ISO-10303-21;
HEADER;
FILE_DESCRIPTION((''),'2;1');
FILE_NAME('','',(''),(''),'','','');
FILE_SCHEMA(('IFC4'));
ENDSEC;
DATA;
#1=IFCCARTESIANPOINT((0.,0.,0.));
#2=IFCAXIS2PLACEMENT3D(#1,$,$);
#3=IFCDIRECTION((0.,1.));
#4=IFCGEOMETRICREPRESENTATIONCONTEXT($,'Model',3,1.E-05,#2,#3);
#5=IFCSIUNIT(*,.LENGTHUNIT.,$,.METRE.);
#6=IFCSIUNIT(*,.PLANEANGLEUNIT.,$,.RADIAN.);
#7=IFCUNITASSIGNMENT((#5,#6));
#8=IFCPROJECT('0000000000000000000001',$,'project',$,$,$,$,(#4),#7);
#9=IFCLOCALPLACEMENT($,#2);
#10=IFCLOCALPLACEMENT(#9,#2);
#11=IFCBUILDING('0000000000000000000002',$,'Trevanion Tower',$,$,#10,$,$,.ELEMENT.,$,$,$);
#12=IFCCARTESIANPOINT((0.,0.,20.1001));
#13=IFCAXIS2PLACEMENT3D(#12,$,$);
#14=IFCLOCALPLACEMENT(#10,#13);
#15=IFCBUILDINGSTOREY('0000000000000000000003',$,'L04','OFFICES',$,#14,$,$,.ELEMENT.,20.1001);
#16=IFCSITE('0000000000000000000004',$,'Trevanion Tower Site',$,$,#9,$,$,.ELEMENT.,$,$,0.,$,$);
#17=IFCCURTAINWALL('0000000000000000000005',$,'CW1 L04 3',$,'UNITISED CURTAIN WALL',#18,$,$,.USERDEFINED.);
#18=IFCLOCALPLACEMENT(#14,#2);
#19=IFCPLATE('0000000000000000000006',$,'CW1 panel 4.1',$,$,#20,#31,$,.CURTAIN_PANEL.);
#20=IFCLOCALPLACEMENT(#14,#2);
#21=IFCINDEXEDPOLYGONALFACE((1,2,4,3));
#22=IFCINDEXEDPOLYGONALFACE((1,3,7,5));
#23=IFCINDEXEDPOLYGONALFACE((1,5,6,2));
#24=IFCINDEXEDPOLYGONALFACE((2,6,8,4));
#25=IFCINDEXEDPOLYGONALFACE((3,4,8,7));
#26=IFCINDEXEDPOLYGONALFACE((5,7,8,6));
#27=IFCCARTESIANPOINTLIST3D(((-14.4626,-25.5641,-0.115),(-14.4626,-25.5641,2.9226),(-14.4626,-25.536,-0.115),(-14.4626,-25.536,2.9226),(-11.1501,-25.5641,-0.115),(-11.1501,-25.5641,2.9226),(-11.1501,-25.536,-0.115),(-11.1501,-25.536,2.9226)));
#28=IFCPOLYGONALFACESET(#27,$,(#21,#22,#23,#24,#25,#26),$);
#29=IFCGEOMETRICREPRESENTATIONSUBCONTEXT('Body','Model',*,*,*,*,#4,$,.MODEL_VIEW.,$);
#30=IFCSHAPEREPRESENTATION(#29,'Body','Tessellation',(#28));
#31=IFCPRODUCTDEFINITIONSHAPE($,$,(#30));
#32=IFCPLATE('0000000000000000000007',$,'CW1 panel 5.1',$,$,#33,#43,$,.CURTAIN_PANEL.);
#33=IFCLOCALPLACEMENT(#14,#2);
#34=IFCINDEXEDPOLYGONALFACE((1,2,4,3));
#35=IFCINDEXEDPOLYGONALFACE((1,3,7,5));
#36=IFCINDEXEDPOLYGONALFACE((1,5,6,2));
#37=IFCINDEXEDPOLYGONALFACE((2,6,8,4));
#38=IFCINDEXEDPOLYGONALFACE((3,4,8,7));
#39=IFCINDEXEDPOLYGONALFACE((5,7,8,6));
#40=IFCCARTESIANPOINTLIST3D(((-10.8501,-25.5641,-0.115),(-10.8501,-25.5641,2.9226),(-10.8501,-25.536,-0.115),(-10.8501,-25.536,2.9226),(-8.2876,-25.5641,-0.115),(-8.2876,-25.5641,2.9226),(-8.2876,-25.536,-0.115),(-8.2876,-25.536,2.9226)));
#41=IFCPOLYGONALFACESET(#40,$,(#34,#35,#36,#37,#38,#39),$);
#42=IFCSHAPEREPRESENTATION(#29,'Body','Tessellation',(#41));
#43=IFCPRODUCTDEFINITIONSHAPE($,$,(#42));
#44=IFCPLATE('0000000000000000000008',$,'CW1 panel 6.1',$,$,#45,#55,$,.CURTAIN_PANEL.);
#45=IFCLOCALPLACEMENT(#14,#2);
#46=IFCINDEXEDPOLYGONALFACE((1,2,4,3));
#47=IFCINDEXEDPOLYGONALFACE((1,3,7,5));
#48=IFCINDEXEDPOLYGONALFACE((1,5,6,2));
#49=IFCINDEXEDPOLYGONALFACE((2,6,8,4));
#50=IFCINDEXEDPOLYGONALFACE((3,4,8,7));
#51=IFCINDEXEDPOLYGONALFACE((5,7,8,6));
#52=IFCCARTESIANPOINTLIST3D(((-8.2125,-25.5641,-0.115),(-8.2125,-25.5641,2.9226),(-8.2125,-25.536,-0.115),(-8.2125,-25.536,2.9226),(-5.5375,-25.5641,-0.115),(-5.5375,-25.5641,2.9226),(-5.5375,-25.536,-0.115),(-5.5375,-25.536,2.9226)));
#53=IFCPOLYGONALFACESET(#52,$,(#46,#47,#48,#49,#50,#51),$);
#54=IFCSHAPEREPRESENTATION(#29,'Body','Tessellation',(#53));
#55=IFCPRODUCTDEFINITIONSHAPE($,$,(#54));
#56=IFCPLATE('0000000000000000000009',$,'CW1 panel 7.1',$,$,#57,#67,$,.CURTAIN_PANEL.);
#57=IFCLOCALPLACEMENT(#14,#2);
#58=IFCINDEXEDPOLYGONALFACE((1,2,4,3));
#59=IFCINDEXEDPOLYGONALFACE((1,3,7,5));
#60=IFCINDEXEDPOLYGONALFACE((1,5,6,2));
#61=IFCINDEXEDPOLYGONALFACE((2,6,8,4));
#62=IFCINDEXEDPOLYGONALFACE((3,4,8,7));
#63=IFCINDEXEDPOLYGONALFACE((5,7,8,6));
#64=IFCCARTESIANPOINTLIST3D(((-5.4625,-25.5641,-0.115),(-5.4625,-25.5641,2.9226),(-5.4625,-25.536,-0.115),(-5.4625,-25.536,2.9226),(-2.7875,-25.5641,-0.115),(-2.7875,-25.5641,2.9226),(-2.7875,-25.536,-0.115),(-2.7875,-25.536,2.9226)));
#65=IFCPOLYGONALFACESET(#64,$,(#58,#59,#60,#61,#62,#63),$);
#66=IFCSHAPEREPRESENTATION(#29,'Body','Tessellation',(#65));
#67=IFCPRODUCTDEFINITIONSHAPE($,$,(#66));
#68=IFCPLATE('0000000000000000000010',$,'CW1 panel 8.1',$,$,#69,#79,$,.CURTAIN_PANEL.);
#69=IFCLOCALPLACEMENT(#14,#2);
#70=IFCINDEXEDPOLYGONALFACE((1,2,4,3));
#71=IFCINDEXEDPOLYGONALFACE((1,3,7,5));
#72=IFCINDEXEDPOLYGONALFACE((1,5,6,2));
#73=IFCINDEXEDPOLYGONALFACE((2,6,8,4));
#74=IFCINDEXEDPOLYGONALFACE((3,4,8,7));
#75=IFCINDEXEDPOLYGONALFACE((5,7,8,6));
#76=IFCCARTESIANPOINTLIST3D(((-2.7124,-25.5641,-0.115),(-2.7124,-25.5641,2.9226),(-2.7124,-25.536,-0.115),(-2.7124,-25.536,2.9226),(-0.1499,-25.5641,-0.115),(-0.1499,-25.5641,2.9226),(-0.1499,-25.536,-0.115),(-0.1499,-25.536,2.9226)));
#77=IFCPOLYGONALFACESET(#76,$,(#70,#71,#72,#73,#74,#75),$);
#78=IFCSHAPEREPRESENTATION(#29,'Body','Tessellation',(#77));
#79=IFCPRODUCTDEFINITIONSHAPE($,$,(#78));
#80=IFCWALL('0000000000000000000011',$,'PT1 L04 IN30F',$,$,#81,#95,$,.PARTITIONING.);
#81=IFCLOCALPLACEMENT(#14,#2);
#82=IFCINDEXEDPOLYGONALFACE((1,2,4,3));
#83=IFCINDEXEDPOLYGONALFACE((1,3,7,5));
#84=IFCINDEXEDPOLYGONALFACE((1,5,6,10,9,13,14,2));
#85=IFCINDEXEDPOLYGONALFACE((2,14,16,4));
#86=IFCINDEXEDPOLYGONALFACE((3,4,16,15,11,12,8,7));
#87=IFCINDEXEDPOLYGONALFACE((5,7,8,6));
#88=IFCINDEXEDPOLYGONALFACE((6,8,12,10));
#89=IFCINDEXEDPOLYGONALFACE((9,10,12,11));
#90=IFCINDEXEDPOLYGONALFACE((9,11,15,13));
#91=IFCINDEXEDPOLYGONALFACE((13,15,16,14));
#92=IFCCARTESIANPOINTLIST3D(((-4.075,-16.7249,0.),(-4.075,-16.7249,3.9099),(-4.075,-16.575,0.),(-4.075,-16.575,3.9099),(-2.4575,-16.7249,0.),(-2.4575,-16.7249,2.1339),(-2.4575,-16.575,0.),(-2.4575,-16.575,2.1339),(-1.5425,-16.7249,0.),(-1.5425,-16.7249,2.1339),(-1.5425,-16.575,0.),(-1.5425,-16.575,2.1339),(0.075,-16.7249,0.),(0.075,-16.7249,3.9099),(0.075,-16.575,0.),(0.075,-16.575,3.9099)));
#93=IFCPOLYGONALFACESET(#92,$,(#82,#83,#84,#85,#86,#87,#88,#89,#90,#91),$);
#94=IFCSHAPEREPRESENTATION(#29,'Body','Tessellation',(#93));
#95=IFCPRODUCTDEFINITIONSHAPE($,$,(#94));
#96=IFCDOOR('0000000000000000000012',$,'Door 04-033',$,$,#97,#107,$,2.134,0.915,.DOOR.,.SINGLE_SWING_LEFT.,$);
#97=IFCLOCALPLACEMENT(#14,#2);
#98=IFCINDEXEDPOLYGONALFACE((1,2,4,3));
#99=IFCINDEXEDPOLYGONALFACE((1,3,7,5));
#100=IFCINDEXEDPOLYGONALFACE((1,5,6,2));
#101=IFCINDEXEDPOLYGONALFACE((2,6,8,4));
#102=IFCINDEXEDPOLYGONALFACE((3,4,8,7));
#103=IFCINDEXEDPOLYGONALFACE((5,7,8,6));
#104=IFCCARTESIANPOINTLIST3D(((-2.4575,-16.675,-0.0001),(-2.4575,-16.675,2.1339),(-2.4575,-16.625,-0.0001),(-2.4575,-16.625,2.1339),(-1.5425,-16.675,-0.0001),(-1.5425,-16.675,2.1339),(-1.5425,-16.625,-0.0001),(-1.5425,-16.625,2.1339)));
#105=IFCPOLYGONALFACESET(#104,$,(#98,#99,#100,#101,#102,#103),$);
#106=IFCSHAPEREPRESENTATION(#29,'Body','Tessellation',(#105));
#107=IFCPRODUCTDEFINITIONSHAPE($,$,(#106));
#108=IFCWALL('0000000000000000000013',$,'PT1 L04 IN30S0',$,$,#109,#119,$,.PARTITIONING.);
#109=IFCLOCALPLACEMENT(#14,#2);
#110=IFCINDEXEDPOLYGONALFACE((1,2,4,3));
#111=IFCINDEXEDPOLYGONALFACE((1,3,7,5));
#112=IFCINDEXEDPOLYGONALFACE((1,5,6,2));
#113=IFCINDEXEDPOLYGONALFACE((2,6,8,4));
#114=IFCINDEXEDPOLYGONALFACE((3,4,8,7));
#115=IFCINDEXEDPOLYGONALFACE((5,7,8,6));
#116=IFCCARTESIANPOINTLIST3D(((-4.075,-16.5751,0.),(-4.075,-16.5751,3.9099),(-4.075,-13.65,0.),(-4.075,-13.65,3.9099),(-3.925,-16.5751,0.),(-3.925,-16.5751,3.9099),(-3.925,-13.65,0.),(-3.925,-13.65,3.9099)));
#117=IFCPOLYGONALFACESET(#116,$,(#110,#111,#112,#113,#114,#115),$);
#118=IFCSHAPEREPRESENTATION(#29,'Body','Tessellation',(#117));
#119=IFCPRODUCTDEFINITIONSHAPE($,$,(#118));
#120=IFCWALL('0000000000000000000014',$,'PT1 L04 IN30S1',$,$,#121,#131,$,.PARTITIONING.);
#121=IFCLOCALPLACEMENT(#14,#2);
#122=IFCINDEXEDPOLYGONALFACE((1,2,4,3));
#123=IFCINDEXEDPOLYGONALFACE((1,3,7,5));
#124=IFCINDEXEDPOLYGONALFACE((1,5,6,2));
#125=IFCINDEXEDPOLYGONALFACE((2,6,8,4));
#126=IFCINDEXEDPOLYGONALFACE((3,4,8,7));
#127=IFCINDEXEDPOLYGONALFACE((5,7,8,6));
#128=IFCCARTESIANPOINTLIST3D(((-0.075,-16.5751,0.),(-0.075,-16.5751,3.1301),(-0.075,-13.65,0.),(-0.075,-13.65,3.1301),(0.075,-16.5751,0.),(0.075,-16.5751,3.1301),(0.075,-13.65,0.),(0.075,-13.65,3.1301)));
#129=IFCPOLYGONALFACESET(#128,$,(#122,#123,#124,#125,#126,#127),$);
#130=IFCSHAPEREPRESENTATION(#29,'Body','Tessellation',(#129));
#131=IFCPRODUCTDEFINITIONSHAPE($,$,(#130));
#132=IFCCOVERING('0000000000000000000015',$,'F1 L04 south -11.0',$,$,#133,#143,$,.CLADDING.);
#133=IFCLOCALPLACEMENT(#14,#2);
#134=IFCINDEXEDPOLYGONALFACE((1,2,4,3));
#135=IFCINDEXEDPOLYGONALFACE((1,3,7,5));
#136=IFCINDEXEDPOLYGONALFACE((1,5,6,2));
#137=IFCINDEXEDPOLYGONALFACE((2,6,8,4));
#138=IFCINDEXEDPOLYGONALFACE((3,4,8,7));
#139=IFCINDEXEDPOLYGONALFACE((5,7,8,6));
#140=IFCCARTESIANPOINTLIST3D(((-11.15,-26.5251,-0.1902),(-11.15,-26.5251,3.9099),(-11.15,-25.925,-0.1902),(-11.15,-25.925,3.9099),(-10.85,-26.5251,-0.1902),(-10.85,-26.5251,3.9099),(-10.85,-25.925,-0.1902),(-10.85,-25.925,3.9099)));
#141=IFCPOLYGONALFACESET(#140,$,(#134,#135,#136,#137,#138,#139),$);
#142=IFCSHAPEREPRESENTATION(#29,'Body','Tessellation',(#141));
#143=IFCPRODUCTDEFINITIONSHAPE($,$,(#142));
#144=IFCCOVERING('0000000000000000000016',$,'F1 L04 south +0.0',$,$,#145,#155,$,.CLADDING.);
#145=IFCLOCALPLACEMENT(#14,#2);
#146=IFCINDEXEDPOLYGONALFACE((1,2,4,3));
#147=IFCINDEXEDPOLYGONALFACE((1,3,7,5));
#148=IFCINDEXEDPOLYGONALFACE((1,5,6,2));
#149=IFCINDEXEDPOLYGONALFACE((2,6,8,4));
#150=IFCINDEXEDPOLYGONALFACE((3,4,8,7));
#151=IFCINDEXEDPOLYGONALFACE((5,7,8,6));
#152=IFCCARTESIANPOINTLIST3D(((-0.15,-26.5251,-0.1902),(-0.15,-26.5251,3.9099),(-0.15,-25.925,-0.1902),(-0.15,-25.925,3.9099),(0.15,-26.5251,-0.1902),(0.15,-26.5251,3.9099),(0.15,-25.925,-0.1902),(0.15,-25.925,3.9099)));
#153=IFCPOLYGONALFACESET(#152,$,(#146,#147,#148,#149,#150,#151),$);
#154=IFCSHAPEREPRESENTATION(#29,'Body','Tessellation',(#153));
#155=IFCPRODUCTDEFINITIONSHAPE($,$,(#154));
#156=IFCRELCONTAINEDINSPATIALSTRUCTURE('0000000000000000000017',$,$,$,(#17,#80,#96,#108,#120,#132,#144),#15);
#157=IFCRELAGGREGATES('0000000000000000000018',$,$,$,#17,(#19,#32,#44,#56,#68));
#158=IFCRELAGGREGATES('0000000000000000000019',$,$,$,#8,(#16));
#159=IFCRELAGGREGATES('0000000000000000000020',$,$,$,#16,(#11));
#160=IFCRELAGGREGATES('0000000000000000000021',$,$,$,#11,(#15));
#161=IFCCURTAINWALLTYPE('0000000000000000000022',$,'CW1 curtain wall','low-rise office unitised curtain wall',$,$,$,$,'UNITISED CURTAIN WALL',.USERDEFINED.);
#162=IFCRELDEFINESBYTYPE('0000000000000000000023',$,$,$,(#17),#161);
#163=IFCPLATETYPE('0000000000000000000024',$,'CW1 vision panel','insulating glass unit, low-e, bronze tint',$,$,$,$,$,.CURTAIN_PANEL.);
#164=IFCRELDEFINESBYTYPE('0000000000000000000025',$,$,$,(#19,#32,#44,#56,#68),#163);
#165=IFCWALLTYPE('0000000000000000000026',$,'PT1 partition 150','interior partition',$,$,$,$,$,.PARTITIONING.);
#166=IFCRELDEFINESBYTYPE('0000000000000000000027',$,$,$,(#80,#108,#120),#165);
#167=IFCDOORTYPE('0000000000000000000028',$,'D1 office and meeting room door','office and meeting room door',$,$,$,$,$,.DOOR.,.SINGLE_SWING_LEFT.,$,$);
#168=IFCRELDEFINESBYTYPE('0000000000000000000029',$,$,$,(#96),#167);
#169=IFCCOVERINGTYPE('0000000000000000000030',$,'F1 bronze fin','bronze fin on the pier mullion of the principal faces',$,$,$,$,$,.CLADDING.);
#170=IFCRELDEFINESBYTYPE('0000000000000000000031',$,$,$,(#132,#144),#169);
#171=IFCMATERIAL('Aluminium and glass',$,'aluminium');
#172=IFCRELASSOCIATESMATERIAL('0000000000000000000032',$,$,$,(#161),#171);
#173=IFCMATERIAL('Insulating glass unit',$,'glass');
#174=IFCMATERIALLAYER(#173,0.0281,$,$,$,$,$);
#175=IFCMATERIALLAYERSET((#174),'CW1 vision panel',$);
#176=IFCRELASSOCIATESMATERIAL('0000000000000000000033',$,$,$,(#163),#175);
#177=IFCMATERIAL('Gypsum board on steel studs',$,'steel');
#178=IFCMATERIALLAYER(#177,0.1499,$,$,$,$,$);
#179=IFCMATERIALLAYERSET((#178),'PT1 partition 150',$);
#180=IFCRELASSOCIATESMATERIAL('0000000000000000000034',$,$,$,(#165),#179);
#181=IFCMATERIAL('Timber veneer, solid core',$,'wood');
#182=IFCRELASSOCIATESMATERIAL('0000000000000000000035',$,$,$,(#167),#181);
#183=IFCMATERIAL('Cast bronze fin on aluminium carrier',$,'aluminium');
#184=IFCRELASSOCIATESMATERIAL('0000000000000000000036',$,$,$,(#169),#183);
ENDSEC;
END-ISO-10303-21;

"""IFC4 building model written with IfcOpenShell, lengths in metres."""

from ifc_helpers import new_model, si_unit, direction, frame, frame_2d, origin, origin_2d, place, context, subcontext, project, spatial, rectangle, extrude, material, layer, layer_set, type_object, element, fill, aggregate, save


model = new_model("IFC4")

# Units and contexts
model_context = context("Model", 3, precision=1e-05, world=origin(), true_north=direction((0.0, 1.0)))
body_context = subcontext(model_context, "Body", "Model", "MODEL_VIEW")
ifc_project = project(units=[si_unit("LENGTHUNIT", "METRE"), si_unit("PLANEANGLEUNIT", "RADIAN")], contexts=[model_context])

# Site, building, storey
site_placement = place(None, origin())
site = spatial("IfcSite", under=ifc_project, at=site_placement, Name="Trevanion Tower Site", CompositionType="ELEMENT", RefElevation=0.0)
building_placement = place(site_placement, origin())
building = spatial("IfcBuilding", under=site, at=building_placement, Name="Trevanion Tower", CompositionType="ELEMENT")
storey_placement = place(building_placement, frame((0.0, 0.0, 20.1001)))
storey = spatial("IfcBuildingStorey", under=building, at=storey_placement, Name="L04", Description="OFFICES", CompositionType="ELEMENT", Elevation=20.1001)

# Curtain wall
ifc_material_1 = material(Name="Aluminium and glass", Category="aluminium")
curtain_wall_type = type_object("IfcCurtainWallType", Name="CW1 curtain wall", Description="low-rise office unitised curtain wall", ElementType="UNITISED CURTAIN WALL", PredefinedType="USERDEFINED", material=ifc_material_1)
curtain_wall_placement = place(storey_placement, origin())
curtain_wall = element("IfcCurtainWall", 1, at=curtain_wall_placement, inside=storey, type_object=curtain_wall_type, Name="CW1 L04 3", ObjectType="UNITISED CURTAIN WALL", PredefinedType="USERDEFINED")

# Plates
ifc_material_2 = material(Name="Insulating glass unit", Category="glass")
ifc_layer_1 = layer(ifc_material_2, 0.0281)
ifc_layer_set_1 = layer_set([ifc_layer_1], Name="CW1 vision panel")
plate_type_1 = type_object("IfcPlateType", Name="CW1 vision panel", Description="insulating glass unit, low-e, bronze tint", PredefinedType="CURTAIN_PANEL", material=ifc_layer_set_1)
plate_1_placement = place(storey_placement, frame((-12.8064, -25.55, -0.115), z_axis=(0.0, 0.0, 1.0), x_axis=(1.0, 0.0, 0.0)))
plate_1 = element("IfcPlate", 2, at=plate_1_placement, type_object=plate_type_1, Name="CW1 panel 4.1", PredefinedType="CURTAIN_PANEL", context=body_context, shape_type="SweptSolid", body=[
    extrude(rectangle(XDim=3.3125, YDim=0.0281, at=origin_2d()), origin(), (0.0, 0.0, 1.0), 3.0376),
])
plate_2_placement = place(storey_placement, frame((-9.5688, -25.55, -0.115), z_axis=(0.0, 0.0, 1.0), x_axis=(1.0, 0.0, 0.0)))
plate_2 = element("IfcPlate", 3, at=plate_2_placement, type_object=plate_type_1, Name="CW1 panel 5.1", PredefinedType="CURTAIN_PANEL", context=body_context, shape_type="SweptSolid", body=[
    extrude(rectangle(XDim=2.5625, YDim=0.0281, at=origin_2d()), origin(), (0.0, 0.0, 1.0), 3.0376),
])
plate_3_placement = place(storey_placement, frame((-6.875, -25.55, -0.115), z_axis=(0.0, 0.0, 1.0), x_axis=(1.0, 0.0, 0.0)))
plate_3 = element("IfcPlate", 4, at=plate_3_placement, type_object=plate_type_1, Name="CW1 panel 6.1", PredefinedType="CURTAIN_PANEL", context=body_context, shape_type="SweptSolid", body=[
    extrude(rectangle(XDim=2.675, YDim=0.0281, at=origin_2d()), origin(), (0.0, 0.0, 1.0), 3.0376),
])
plate_4_placement = place(storey_placement, frame((-4.125, -25.55, -0.115), z_axis=(0.0, 0.0, 1.0), x_axis=(1.0, 0.0, 0.0)))
plate_4 = element("IfcPlate", 5, at=plate_4_placement, type_object=plate_type_1, Name="CW1 panel 7.1", PredefinedType="CURTAIN_PANEL", context=body_context, shape_type="SweptSolid", body=[
    extrude(rectangle(XDim=2.675, YDim=0.0281, at=origin_2d()), origin(), (0.0, 0.0, 1.0), 3.0376),
])
plate_5_placement = place(storey_placement, frame((-1.4312, -25.55, -0.115), z_axis=(0.0, 0.0, 1.0), x_axis=(1.0, 0.0, 0.0)))
plate_5 = element("IfcPlate", 6, at=plate_5_placement, type_object=plate_type_1, Name="CW1 panel 8.1", PredefinedType="CURTAIN_PANEL", context=body_context, shape_type="SweptSolid", body=[
    extrude(rectangle(XDim=2.5625, YDim=0.0281, at=origin_2d()), origin(), (0.0, 0.0, 1.0), 3.0376),
])
aggregate(curtain_wall, [plate_1, plate_2, plate_3, plate_4, plate_5])

# Wall, opening, door
ifc_material_3 = material(Name="Gypsum board on steel studs", Category="steel")
ifc_layer_2 = layer(ifc_material_3, 0.1499)
ifc_layer_set_2 = layer_set([ifc_layer_2], Name="PT1 partition 150")
wall_type = type_object("IfcWallType", Name="PT1 partition 150", Description="interior partition", PredefinedType="PARTITIONING", material=ifc_layer_set_2)
wall_1_placement = place(storey_placement, frame((-4.075, -16.6499, 0.0), z_axis=(0.0, 0.0, 1.0), x_axis=(1.0, 0.0, 0.0)))
wall_1 = element("IfcWall", 7, at=wall_1_placement, inside=storey, type_object=wall_type, Name="PT1 L04 IN30F", PredefinedType="PARTITIONING", context=body_context, shape_type="SweptSolid", body=[
    extrude(rectangle(XDim=4.1499, YDim=0.1499, at=frame_2d((2.075, 0.0))), origin(), (0.0, 0.0, 1.0), 3.9099),
])
opening_placement = place(wall_1_placement, frame((1.6174, 0.0, 0.0)))
opening = element("IfcOpeningElement", 8, at=opening_placement, cuts=wall_1, PredefinedType="OPENING", context=body_context, shape_type="SweptSolid", body=[
    extrude(rectangle(XDim=0.915, YDim=2.134, at=frame_2d((0.4575, 1.0669))), frame((0.0, 0.085, 0.0), z_axis=(0.0, -1.0, 0.0), x_axis=(1.0, 0.0, 0.0)), (0.0, 0.0, 1.0), 0.1699),
])
ifc_material_4 = material(Name="Timber veneer, solid core", Category="wood")
door_type = type_object("IfcDoorType", Name="D1 office and meeting room door", Description="office and meeting room door", OperationType="SINGLE_SWING_LEFT", PredefinedType="DOOR", material=ifc_material_4)
door_placement = place(opening_placement, origin())
door = element("IfcDoor", 9, at=door_placement, inside=storey, type_object=door_type, Name="Door 04-033", OperationType="SINGLE_SWING_LEFT", OverallHeight=2.134, OverallWidth=0.915, PredefinedType="DOOR", context=body_context, shape_type="SweptSolid", body=[
    extrude(rectangle(XDim=0.915, YDim=2.134, at=frame_2d((0.4575, 1.0669))), frame((0.0, 0.0249, 0.0), z_axis=(0.0, -1.0, 0.0), x_axis=(1.0, 0.0, 0.0)), (0.0, 0.0, 1.0), 0.05),
])
fill(opening, door)

# Walls
wall_2_placement = place(storey_placement, frame((-4.0, -16.575, 0.0), z_axis=(0.0, 0.0, 1.0), x_axis=(0.0, 1.0, 0.0)))
element("IfcWall", 10, at=wall_2_placement, inside=storey, type_object=wall_type, Name="PT1 L04 IN30S0", PredefinedType="PARTITIONING", context=body_context, shape_type="SweptSolid", body=[
    extrude(rectangle(XDim=2.925, YDim=0.1499, at=frame_2d((1.4624, 0.0))), origin(), (0.0, 0.0, 1.0), 3.9099),
])
wall_3_placement = place(storey_placement, frame((0.0, -16.575, 0.0), z_axis=(0.0, 0.0, 1.0), x_axis=(0.0, 1.0, 0.0)))
element("IfcWall", 11, at=wall_3_placement, inside=storey, type_object=wall_type, Name="PT1 L04 IN30S1", PredefinedType="PARTITIONING", context=body_context, shape_type="SweptSolid", body=[
    extrude(rectangle(XDim=2.925, YDim=0.1499, at=frame_2d((1.4624, 0.0))), origin(), (0.0, 0.0, 1.0), 3.1301),
])

# Coverings
ifc_material_5 = material(Name="Cast bronze fin on aluminium carrier", Category="aluminium")
covering_type = type_object("IfcCoveringType", Name="F1 bronze fin", Description="bronze fin on the pier mullion of the principal faces", PredefinedType="CLADDING", material=ifc_material_5)
for number, where, z_axis, x_axis, name in (
    (12, (-11.0, -26.2251, -0.1902), (0.0, 0.0, 1.0), (1.0, 0.0, 0.0), "F1 L04 south -11.0"),
    (13, (0.0, -26.2251, -0.1902), (0.0, 0.0, 1.0), (1.0, 0.0, 0.0), "F1 L04 south +0.0"),
):
    element("IfcCovering", number, at=place(storey_placement, frame(where, z_axis=z_axis, x_axis=x_axis)), inside=storey, type_object=covering_type, Name=name, PredefinedType="CLADDING", context=body_context, shape_type="SweptSolid", body=[
        extrude(rectangle(XDim=0.3, YDim=0.6001, at=origin_2d()), origin(), (0.0, 0.0, 1.0), 4.1001),
    ])

save(model, "model.ifc")
